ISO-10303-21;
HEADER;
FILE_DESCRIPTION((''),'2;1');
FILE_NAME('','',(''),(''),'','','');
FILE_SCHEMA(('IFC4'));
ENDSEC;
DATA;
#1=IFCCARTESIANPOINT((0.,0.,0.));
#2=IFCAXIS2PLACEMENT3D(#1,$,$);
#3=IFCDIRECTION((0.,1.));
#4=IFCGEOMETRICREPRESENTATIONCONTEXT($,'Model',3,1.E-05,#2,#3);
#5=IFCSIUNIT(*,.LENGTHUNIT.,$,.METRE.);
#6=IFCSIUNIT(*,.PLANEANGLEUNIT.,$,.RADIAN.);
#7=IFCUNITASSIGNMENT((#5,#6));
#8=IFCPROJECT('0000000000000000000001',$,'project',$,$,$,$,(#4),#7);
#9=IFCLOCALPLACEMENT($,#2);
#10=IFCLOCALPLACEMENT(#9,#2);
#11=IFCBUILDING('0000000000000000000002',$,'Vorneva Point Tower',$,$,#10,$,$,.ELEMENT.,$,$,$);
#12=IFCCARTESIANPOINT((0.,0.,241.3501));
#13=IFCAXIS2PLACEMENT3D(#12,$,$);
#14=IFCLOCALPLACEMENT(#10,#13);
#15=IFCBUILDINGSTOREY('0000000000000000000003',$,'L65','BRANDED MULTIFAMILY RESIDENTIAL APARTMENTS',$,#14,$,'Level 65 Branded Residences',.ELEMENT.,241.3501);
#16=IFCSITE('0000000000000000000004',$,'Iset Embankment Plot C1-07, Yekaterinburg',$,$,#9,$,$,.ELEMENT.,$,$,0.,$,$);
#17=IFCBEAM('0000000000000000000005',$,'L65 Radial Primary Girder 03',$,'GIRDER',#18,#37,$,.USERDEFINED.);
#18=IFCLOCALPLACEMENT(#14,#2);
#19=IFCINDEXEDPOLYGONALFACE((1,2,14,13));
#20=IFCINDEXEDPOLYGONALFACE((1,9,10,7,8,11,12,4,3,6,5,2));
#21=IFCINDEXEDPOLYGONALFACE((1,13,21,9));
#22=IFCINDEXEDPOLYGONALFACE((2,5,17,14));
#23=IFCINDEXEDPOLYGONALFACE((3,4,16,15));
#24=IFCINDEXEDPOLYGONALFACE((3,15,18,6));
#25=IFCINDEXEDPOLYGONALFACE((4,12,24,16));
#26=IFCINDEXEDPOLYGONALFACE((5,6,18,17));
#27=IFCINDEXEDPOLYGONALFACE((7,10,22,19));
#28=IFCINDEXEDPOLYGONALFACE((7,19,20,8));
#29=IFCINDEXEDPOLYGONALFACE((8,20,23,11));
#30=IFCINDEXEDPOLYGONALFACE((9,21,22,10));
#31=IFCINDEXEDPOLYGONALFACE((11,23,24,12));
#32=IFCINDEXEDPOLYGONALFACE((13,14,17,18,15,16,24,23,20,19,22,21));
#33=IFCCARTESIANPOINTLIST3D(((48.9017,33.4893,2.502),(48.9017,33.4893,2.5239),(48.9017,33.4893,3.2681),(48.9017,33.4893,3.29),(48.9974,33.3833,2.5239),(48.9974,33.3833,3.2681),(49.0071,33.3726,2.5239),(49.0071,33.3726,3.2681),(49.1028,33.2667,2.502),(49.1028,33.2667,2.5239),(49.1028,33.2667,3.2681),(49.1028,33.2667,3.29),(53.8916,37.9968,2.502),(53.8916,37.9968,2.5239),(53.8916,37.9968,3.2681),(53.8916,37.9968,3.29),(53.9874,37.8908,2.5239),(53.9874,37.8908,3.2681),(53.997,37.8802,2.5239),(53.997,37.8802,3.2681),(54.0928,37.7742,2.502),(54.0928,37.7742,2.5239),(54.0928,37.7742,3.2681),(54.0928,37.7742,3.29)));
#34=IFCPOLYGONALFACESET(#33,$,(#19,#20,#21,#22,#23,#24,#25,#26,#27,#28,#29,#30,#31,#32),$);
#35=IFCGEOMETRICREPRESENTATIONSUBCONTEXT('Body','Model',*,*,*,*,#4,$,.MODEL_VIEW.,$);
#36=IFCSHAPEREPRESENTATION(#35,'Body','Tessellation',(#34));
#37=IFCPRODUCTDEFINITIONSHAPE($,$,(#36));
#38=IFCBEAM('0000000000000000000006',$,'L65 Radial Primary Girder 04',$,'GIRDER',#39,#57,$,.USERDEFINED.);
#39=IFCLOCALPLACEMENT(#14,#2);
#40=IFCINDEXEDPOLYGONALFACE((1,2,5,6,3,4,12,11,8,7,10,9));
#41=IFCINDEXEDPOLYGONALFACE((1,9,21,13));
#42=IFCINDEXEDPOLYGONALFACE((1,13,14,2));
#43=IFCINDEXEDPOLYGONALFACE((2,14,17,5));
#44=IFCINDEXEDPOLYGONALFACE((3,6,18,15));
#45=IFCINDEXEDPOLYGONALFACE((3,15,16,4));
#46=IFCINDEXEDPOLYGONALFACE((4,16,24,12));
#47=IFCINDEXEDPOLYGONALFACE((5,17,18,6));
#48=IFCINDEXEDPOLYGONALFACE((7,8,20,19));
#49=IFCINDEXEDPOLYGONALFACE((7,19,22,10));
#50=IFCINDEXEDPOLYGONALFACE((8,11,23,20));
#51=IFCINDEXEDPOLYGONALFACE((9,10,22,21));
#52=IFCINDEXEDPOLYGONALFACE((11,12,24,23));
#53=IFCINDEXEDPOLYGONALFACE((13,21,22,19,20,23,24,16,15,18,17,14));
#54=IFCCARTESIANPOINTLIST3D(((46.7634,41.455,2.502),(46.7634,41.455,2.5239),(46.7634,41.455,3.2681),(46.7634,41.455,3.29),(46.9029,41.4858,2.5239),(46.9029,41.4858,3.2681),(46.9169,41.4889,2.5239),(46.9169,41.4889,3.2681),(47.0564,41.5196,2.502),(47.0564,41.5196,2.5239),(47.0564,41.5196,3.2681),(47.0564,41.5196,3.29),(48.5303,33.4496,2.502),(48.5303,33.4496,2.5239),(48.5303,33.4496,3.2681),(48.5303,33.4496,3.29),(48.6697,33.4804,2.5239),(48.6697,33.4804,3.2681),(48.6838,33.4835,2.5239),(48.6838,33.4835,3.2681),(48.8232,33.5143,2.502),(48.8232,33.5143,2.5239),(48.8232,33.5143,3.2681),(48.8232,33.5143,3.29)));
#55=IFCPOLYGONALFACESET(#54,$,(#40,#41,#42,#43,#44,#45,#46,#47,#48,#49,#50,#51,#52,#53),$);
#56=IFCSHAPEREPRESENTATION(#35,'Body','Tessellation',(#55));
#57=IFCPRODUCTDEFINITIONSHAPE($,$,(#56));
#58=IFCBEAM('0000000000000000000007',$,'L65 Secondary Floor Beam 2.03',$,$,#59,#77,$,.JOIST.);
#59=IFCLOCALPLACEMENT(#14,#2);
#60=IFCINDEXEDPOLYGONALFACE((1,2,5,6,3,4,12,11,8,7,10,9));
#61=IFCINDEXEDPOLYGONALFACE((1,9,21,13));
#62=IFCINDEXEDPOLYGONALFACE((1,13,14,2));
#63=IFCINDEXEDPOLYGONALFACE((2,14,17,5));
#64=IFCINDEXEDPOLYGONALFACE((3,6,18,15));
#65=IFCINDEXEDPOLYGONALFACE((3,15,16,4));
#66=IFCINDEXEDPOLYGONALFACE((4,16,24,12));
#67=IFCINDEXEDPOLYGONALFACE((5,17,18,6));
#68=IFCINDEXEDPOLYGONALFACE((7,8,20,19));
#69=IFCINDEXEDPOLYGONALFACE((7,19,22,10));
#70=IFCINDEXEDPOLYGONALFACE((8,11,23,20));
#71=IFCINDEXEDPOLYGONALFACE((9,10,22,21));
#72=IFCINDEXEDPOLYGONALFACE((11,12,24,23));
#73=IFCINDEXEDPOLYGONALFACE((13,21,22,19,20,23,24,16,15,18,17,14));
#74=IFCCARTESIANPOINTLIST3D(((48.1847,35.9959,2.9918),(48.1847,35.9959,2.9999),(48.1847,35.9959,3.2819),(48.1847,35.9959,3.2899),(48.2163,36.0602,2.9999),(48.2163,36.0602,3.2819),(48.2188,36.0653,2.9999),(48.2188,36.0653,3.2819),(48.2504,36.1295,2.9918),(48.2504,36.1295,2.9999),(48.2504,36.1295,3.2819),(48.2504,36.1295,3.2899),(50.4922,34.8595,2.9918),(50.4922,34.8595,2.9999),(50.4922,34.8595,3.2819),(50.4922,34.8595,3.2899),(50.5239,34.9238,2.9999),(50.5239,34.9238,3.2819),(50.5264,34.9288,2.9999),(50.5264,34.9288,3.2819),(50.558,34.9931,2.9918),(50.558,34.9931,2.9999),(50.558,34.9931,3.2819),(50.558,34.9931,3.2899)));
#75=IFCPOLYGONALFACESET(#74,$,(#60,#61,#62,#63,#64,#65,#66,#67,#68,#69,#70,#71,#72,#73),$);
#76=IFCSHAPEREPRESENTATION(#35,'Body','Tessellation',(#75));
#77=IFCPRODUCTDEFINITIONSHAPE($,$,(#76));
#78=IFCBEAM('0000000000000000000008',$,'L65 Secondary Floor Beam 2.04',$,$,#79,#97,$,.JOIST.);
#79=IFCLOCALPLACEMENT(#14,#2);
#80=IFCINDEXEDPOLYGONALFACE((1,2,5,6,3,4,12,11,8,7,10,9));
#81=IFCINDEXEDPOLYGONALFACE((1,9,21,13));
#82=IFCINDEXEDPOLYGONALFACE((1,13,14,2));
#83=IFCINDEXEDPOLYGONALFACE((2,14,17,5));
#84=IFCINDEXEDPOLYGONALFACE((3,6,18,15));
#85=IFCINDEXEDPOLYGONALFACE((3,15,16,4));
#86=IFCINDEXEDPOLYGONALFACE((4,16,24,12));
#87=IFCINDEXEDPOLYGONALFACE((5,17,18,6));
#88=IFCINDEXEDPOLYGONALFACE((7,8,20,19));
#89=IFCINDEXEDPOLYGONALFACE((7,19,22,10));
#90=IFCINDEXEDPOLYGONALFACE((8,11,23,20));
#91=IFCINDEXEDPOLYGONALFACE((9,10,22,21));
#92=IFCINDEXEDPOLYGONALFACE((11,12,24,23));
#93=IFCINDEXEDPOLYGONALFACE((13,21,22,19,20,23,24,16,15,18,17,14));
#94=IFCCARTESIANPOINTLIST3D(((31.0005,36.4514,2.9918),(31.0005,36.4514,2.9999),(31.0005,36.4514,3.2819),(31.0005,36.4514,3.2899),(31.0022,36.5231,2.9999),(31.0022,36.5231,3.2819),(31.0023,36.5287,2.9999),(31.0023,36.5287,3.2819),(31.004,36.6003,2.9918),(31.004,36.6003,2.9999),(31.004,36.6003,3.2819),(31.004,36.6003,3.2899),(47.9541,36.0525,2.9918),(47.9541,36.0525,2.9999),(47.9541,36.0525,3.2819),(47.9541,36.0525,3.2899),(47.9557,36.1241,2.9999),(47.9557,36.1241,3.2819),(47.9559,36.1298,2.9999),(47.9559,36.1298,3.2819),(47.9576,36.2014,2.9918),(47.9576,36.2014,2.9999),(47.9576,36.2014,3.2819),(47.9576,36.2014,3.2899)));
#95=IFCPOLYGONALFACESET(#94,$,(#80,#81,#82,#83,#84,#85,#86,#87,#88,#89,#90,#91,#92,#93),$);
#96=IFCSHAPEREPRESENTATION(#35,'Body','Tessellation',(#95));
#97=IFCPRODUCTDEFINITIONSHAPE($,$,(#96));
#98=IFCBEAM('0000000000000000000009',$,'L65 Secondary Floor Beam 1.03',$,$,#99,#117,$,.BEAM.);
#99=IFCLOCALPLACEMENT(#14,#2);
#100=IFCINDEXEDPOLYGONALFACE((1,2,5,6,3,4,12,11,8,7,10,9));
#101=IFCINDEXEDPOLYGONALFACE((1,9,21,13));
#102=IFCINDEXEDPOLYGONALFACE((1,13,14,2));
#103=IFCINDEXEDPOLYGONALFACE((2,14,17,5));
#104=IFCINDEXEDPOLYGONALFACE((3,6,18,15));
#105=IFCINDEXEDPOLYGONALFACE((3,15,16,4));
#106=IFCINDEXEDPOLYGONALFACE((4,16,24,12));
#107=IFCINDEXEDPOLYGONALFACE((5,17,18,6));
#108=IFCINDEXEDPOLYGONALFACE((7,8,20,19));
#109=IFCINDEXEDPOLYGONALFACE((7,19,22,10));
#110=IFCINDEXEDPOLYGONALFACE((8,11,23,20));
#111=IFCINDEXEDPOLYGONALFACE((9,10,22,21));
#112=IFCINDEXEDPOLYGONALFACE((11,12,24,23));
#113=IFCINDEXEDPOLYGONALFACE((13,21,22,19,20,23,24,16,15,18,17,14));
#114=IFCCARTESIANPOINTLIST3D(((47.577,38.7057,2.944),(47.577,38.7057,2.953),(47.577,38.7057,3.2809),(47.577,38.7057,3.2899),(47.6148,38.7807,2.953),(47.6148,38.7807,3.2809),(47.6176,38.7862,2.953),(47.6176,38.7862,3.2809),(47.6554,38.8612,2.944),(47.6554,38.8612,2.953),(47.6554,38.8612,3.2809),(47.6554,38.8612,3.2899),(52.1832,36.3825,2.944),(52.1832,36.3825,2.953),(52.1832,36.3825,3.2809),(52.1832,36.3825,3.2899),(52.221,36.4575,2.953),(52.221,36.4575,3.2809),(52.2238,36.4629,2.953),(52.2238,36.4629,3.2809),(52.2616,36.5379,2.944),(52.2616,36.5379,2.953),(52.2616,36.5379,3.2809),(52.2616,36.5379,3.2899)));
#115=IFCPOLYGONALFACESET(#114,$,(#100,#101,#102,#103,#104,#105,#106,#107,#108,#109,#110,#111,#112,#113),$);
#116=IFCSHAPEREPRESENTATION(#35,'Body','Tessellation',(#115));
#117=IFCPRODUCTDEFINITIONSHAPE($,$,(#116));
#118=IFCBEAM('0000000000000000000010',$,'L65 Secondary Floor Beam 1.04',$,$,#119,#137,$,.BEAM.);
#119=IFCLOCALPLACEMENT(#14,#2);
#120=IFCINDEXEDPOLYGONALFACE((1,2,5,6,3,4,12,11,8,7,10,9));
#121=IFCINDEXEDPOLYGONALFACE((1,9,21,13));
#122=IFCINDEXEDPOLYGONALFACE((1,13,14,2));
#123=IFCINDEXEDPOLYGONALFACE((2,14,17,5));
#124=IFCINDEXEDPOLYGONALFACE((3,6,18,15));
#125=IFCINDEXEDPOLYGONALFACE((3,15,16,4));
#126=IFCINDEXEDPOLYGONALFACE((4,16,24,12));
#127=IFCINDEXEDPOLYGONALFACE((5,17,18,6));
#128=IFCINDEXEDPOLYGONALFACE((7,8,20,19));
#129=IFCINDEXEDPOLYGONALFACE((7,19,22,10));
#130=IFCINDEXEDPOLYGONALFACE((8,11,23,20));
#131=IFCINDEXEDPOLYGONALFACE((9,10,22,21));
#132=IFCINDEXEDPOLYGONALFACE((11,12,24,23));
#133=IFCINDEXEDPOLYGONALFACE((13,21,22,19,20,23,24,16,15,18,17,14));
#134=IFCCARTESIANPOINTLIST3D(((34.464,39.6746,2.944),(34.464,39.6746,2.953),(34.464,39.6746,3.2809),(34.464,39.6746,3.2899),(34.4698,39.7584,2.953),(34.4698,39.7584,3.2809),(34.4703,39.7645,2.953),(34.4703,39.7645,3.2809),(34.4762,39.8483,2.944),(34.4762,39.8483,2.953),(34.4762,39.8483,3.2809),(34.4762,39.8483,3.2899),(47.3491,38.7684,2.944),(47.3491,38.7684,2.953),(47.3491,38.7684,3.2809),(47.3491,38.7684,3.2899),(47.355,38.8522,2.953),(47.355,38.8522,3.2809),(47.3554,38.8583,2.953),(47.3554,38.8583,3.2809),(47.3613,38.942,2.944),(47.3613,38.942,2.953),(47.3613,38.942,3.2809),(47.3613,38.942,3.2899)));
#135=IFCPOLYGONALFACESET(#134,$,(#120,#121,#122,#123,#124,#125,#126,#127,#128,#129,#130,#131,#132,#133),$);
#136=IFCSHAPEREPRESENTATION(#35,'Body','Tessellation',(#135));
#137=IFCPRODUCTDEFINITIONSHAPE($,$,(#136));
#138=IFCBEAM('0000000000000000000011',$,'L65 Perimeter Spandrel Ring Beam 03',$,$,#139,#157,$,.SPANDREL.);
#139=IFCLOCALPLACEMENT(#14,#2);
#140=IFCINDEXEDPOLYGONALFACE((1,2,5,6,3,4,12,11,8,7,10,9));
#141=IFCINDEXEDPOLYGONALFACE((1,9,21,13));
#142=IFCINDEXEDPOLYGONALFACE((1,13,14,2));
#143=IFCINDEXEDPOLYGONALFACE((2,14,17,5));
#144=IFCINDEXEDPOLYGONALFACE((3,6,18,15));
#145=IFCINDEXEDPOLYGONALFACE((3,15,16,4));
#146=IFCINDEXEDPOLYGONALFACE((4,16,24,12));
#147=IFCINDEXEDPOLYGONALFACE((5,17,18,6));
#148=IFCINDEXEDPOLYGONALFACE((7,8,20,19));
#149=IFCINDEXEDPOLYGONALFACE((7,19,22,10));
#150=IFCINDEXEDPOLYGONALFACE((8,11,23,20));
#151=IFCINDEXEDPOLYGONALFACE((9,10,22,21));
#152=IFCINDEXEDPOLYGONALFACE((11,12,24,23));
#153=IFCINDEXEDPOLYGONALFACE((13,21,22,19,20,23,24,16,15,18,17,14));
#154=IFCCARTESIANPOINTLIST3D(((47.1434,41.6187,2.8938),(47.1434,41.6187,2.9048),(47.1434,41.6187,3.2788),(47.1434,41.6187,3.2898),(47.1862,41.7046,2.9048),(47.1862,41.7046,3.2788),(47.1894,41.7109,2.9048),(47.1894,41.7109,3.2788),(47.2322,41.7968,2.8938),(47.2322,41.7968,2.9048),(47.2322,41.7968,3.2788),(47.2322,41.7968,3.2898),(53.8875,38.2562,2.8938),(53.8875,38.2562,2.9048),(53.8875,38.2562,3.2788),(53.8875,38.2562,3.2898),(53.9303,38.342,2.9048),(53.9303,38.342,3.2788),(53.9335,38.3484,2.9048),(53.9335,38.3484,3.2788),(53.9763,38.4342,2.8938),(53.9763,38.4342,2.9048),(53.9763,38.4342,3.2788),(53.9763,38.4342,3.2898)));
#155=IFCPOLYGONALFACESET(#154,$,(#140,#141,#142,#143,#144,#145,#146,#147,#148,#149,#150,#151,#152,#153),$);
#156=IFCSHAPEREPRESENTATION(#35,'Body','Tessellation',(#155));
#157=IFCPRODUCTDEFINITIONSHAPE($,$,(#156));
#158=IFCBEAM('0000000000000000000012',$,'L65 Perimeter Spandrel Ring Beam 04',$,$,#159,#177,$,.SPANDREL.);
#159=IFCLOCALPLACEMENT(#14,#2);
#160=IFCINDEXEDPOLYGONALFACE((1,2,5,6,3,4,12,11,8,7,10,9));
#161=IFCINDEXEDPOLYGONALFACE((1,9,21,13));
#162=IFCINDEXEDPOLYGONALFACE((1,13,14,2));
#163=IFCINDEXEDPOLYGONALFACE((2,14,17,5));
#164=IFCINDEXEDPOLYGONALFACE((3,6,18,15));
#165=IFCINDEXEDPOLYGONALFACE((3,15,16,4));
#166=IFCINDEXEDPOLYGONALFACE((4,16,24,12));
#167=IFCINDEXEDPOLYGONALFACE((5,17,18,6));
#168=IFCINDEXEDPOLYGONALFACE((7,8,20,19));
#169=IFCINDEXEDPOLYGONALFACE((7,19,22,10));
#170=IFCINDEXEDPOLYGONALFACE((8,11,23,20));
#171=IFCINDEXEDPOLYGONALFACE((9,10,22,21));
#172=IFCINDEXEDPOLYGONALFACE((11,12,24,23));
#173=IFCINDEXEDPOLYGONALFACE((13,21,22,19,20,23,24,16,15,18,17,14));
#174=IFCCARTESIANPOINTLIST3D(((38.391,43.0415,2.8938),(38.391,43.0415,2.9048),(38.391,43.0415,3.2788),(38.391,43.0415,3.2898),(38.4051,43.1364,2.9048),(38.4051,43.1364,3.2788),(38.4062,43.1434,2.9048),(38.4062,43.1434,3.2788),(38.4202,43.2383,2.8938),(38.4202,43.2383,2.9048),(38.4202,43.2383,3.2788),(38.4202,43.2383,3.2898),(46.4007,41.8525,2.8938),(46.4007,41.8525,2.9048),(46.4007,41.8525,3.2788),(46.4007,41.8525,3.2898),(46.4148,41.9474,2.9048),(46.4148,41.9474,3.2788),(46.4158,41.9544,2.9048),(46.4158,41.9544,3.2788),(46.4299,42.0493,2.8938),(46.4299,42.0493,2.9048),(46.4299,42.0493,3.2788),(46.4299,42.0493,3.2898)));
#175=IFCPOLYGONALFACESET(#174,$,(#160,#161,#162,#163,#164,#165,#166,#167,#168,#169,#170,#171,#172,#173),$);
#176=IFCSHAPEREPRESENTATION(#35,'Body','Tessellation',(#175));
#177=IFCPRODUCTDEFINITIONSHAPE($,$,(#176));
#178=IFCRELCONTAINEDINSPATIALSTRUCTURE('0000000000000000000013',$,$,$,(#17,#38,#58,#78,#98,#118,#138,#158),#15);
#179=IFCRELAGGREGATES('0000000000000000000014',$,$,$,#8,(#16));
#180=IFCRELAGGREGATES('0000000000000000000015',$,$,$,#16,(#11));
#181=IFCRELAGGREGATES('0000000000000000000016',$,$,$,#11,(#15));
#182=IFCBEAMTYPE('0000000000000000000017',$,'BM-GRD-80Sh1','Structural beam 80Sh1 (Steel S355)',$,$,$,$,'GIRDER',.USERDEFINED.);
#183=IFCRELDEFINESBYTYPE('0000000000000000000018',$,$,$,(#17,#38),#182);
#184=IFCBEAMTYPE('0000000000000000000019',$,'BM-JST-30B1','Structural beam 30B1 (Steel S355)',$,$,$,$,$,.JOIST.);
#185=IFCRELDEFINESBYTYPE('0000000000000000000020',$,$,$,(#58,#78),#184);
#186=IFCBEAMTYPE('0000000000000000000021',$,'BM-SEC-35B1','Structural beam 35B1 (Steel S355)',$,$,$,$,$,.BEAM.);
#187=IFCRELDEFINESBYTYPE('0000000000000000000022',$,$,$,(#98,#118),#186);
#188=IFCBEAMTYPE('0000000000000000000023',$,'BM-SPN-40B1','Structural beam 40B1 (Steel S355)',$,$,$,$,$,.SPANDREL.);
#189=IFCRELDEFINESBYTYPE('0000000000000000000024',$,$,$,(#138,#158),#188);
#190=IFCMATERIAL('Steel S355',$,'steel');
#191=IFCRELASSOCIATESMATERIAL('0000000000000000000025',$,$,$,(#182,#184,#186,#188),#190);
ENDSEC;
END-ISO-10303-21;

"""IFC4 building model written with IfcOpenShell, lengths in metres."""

from ifc_helpers import new_model, si_unit, direction, frame, origin, origin_2d, place, context, subcontext, project, spatial, i_section, extrude, material, material_profile, profile_set, type_object, element, save


model = new_model("IFC4")

# Units and contexts
model_context = context("Model", 3, precision=1e-05, world=origin(), true_north=direction((0.0, 1.0)))
body_context = subcontext(model_context, "Body", "Model", "MODEL_VIEW")
ifc_project = project(units=[si_unit("LENGTHUNIT", "METRE"), si_unit("PLANEANGLEUNIT", "RADIAN")], contexts=[model_context])

# Site, building, storey
site_placement = place(None, origin())
site = spatial("IfcSite", under=ifc_project, at=site_placement, Name="Iset Embankment Plot C1-07, Yekaterinburg", CompositionType="ELEMENT", RefElevation=0.0)
building_placement = place(site_placement, origin())
building = spatial("IfcBuilding", under=site, at=building_placement, Name="Vorneva Point Tower", CompositionType="ELEMENT")
storey_placement = place(building_placement, frame((0.0, 0.0, 241.3501)))
storey = spatial("IfcBuildingStorey", under=building, at=storey_placement, Name="L65", Description="BRANDED MULTIFAMILY RESIDENTIAL APARTMENTS", LongName="Level 65 Branded Residences", CompositionType="ELEMENT", Elevation=241.3501)

# Beams
ifc_material_1 = material(Name="Steel S355", Category="steel")
ifc_material_profile_1 = material_profile(ifc_material_1, i_section(OverallWidth=0.3, OverallDepth=0.7881, WebThickness=0.0144, FlangeThickness=0.022, at=origin_2d()), Name="80Sh1")
ifc_profile_set_1 = profile_set([ifc_material_profile_1], Name="Steel S355")
beam_type_1 = type_object("IfcBeamType", Name="BM-GRD-80Sh1", Description="Structural beam 80Sh1 (Steel S355)", ElementType="GIRDER", PredefinedType="USERDEFINED", material=ifc_profile_set_1)
beam_1_placement = place(storey_placement, frame((53.9922, 37.8855, 2.896), z_axis=(-0.742067, -0.670326, 0.0), x_axis=(0.670326, -0.742067, 0.0)))
element("IfcBeam", 1, at=beam_1_placement, inside=storey, type_object=beam_type_1, Name="L65 Radial Primary Girder 03", ObjectType="GIRDER", PredefinedType="USERDEFINED", context=body_context, shape_type="SweptSolid", body=[
    extrude(i_section(OverallWidth=0.3, OverallDepth=0.7881, WebThickness=0.0144, FlangeThickness=0.022, at=origin_2d()), origin(), (0.0, 0.0, 1.0), 6.7244),
])
beam_2_placement = place(storey_placement, frame((46.9099, 41.4873, 2.896), z_axis=(0.215521, -0.976499, 0.0), x_axis=(0.976499, 0.215521, 0.0)))
element("IfcBeam", 2, at=beam_2_placement, inside=storey, type_object=beam_type_1, Name="L65 Radial Primary Girder 04", ObjectType="GIRDER", PredefinedType="USERDEFINED", context=body_context, shape_type="SweptSolid", body=[
    extrude(i_section(OverallWidth=0.3, OverallDepth=0.7881, WebThickness=0.0144, FlangeThickness=0.022, at=origin_2d()), origin(), (0.0, 0.0, 1.0), 8.198),
])
ifc_material_profile_2 = material_profile(ifc_material_1, i_section(OverallWidth=0.1489, OverallDepth=0.2981, WebThickness=0.0056, FlangeThickness=0.0081, at=origin_2d()), Name="30B1")
ifc_profile_set_2 = profile_set([ifc_material_profile_2], Name="Steel S355")
beam_type_2 = type_object("IfcBeamType", Name="BM-JST-30B1", Description="Structural beam 30B1 (Steel S355)", PredefinedType="JOIST", material=ifc_profile_set_2)
beam_3_placement = place(storey_placement, frame((50.5251, 34.9263, 3.1409), z_axis=(-0.897106, 0.441814, 0.0), x_axis=(-0.441814, -0.897106, 0.0)))
element("IfcBeam", 3, at=beam_3_placement, inside=storey, type_object=beam_type_2, Name="L65 Secondary Floor Beam 2.03", PredefinedType="JOIST", context=body_context, shape_type="SweptSolid", body=[
    extrude(i_section(OverallWidth=0.1489, OverallDepth=0.2981, WebThickness=0.0056, FlangeThickness=0.0081, at=origin_2d()), origin(), (0.0, 0.0, 1.0), 2.5723),
])
beam_4_placement = place(storey_placement, frame((47.9558, 36.127, 3.1409), z_axis=(-0.999723, 0.023524, 0.0), x_axis=(-0.023524, -0.999723, 0.0)))
element("IfcBeam", 4, at=beam_4_placement, inside=storey, type_object=beam_type_2, Name="L65 Secondary Floor Beam 2.04", PredefinedType="JOIST", context=body_context, shape_type="SweptSolid", body=[
    extrude(i_section(OverallWidth=0.1489, OverallDepth=0.2981, WebThickness=0.0056, FlangeThickness=0.0081, at=origin_2d()), origin(), (0.0, 0.0, 1.0), 16.9583),
])
ifc_material_profile_3 = material_profile(ifc_material_1, i_section(OverallWidth=0.1741, OverallDepth=0.3459, WebThickness=0.0061, FlangeThickness=0.009, at=origin_2d()), Name="35B1")
ifc_profile_set_3 = profile_set([ifc_material_profile_3], Name="Steel S355")
beam_type_3 = type_object("IfcBeamType", Name="BM-SEC-35B1", Description="Structural beam 35B1 (Steel S355)", PredefinedType="BEAM", material=ifc_profile_set_3)
beam_5_placement = place(storey_placement, frame((52.2224, 36.4602, 3.1169), z_axis=(-0.89286, 0.450334, 0.0), x_axis=(-0.450334, -0.89286, 0.0)))
element("IfcBeam", 5, at=beam_5_placement, inside=storey, type_object=beam_type_3, Name="L65 Secondary Floor Beam 1.03", PredefinedType="BEAM", context=body_context, shape_type="SweptSolid", body=[
    extrude(i_section(OverallWidth=0.1741, OverallDepth=0.3459, WebThickness=0.0061, FlangeThickness=0.009, at=origin_2d()), origin(), (0.0, 0.0, 1.0), 5.1589),
])
beam_6_placement = place(storey_placement, frame((47.3552, 38.8552, 3.1169), z_axis=(-0.997536, 0.070159, 0.0), x_axis=(-0.070159, -0.997536, 0.0)))
element("IfcBeam", 6, at=beam_6_placement, inside=storey, type_object=beam_type_3, Name="L65 Secondary Floor Beam 1.04", PredefinedType="BEAM", context=body_context, shape_type="SweptSolid", body=[
    extrude(i_section(OverallWidth=0.1741, OverallDepth=0.3459, WebThickness=0.0061, FlangeThickness=0.009, at=origin_2d()), origin(), (0.0, 0.0, 1.0), 12.917),
])
ifc_material_profile_4 = material_profile(ifc_material_1, i_section(OverallWidth=0.199, OverallDepth=0.396, WebThickness=0.0071, FlangeThickness=0.011, at=origin_2d()), Name="40B1")
ifc_profile_set_4 = profile_set([ifc_material_profile_4], Name="Steel S355")
beam_type_4 = type_object("IfcBeamType", Name="BM-SPN-40B1", Description="Structural beam 40B1 (Steel S355)", PredefinedType="SPANDREL", material=ifc_profile_set_4)
beam_7_placement = place(storey_placement, frame((53.9319, 38.3452, 3.0918), z_axis=(-0.894932, 0.446203, 0.0), x_axis=(-0.446203, -0.894932, 0.0)))
element("IfcBeam", 7, at=beam_7_placement, inside=storey, type_object=beam_type_4, Name="L65 Perimeter Spandrel Ring Beam 03", PredefinedType="SPANDREL", context=body_context, shape_type="SweptSolid", body=[
    extrude(i_section(OverallWidth=0.199, OverallDepth=0.396, WebThickness=0.0071, FlangeThickness=0.011, at=origin_2d()), origin(), (0.0, 0.0, 1.0), 7.5359),
])
beam_8_placement = place(storey_placement, frame((46.4153, 41.9509, 3.0918), z_axis=(-0.989162, 0.146831, 0.0), x_axis=(-0.146831, -0.989162, 0.0)))
element("IfcBeam", 8, at=beam_8_placement, inside=storey, type_object=beam_type_4, Name="L65 Perimeter Spandrel Ring Beam 04", PredefinedType="SPANDREL", context=body_context, shape_type="SweptSolid", body=[
    extrude(i_section(OverallWidth=0.199, OverallDepth=0.396, WebThickness=0.0071, FlangeThickness=0.011, at=origin_2d()), origin(), (0.0, 0.0, 1.0), 8.0974),
])

save(model, "model.ifc")
